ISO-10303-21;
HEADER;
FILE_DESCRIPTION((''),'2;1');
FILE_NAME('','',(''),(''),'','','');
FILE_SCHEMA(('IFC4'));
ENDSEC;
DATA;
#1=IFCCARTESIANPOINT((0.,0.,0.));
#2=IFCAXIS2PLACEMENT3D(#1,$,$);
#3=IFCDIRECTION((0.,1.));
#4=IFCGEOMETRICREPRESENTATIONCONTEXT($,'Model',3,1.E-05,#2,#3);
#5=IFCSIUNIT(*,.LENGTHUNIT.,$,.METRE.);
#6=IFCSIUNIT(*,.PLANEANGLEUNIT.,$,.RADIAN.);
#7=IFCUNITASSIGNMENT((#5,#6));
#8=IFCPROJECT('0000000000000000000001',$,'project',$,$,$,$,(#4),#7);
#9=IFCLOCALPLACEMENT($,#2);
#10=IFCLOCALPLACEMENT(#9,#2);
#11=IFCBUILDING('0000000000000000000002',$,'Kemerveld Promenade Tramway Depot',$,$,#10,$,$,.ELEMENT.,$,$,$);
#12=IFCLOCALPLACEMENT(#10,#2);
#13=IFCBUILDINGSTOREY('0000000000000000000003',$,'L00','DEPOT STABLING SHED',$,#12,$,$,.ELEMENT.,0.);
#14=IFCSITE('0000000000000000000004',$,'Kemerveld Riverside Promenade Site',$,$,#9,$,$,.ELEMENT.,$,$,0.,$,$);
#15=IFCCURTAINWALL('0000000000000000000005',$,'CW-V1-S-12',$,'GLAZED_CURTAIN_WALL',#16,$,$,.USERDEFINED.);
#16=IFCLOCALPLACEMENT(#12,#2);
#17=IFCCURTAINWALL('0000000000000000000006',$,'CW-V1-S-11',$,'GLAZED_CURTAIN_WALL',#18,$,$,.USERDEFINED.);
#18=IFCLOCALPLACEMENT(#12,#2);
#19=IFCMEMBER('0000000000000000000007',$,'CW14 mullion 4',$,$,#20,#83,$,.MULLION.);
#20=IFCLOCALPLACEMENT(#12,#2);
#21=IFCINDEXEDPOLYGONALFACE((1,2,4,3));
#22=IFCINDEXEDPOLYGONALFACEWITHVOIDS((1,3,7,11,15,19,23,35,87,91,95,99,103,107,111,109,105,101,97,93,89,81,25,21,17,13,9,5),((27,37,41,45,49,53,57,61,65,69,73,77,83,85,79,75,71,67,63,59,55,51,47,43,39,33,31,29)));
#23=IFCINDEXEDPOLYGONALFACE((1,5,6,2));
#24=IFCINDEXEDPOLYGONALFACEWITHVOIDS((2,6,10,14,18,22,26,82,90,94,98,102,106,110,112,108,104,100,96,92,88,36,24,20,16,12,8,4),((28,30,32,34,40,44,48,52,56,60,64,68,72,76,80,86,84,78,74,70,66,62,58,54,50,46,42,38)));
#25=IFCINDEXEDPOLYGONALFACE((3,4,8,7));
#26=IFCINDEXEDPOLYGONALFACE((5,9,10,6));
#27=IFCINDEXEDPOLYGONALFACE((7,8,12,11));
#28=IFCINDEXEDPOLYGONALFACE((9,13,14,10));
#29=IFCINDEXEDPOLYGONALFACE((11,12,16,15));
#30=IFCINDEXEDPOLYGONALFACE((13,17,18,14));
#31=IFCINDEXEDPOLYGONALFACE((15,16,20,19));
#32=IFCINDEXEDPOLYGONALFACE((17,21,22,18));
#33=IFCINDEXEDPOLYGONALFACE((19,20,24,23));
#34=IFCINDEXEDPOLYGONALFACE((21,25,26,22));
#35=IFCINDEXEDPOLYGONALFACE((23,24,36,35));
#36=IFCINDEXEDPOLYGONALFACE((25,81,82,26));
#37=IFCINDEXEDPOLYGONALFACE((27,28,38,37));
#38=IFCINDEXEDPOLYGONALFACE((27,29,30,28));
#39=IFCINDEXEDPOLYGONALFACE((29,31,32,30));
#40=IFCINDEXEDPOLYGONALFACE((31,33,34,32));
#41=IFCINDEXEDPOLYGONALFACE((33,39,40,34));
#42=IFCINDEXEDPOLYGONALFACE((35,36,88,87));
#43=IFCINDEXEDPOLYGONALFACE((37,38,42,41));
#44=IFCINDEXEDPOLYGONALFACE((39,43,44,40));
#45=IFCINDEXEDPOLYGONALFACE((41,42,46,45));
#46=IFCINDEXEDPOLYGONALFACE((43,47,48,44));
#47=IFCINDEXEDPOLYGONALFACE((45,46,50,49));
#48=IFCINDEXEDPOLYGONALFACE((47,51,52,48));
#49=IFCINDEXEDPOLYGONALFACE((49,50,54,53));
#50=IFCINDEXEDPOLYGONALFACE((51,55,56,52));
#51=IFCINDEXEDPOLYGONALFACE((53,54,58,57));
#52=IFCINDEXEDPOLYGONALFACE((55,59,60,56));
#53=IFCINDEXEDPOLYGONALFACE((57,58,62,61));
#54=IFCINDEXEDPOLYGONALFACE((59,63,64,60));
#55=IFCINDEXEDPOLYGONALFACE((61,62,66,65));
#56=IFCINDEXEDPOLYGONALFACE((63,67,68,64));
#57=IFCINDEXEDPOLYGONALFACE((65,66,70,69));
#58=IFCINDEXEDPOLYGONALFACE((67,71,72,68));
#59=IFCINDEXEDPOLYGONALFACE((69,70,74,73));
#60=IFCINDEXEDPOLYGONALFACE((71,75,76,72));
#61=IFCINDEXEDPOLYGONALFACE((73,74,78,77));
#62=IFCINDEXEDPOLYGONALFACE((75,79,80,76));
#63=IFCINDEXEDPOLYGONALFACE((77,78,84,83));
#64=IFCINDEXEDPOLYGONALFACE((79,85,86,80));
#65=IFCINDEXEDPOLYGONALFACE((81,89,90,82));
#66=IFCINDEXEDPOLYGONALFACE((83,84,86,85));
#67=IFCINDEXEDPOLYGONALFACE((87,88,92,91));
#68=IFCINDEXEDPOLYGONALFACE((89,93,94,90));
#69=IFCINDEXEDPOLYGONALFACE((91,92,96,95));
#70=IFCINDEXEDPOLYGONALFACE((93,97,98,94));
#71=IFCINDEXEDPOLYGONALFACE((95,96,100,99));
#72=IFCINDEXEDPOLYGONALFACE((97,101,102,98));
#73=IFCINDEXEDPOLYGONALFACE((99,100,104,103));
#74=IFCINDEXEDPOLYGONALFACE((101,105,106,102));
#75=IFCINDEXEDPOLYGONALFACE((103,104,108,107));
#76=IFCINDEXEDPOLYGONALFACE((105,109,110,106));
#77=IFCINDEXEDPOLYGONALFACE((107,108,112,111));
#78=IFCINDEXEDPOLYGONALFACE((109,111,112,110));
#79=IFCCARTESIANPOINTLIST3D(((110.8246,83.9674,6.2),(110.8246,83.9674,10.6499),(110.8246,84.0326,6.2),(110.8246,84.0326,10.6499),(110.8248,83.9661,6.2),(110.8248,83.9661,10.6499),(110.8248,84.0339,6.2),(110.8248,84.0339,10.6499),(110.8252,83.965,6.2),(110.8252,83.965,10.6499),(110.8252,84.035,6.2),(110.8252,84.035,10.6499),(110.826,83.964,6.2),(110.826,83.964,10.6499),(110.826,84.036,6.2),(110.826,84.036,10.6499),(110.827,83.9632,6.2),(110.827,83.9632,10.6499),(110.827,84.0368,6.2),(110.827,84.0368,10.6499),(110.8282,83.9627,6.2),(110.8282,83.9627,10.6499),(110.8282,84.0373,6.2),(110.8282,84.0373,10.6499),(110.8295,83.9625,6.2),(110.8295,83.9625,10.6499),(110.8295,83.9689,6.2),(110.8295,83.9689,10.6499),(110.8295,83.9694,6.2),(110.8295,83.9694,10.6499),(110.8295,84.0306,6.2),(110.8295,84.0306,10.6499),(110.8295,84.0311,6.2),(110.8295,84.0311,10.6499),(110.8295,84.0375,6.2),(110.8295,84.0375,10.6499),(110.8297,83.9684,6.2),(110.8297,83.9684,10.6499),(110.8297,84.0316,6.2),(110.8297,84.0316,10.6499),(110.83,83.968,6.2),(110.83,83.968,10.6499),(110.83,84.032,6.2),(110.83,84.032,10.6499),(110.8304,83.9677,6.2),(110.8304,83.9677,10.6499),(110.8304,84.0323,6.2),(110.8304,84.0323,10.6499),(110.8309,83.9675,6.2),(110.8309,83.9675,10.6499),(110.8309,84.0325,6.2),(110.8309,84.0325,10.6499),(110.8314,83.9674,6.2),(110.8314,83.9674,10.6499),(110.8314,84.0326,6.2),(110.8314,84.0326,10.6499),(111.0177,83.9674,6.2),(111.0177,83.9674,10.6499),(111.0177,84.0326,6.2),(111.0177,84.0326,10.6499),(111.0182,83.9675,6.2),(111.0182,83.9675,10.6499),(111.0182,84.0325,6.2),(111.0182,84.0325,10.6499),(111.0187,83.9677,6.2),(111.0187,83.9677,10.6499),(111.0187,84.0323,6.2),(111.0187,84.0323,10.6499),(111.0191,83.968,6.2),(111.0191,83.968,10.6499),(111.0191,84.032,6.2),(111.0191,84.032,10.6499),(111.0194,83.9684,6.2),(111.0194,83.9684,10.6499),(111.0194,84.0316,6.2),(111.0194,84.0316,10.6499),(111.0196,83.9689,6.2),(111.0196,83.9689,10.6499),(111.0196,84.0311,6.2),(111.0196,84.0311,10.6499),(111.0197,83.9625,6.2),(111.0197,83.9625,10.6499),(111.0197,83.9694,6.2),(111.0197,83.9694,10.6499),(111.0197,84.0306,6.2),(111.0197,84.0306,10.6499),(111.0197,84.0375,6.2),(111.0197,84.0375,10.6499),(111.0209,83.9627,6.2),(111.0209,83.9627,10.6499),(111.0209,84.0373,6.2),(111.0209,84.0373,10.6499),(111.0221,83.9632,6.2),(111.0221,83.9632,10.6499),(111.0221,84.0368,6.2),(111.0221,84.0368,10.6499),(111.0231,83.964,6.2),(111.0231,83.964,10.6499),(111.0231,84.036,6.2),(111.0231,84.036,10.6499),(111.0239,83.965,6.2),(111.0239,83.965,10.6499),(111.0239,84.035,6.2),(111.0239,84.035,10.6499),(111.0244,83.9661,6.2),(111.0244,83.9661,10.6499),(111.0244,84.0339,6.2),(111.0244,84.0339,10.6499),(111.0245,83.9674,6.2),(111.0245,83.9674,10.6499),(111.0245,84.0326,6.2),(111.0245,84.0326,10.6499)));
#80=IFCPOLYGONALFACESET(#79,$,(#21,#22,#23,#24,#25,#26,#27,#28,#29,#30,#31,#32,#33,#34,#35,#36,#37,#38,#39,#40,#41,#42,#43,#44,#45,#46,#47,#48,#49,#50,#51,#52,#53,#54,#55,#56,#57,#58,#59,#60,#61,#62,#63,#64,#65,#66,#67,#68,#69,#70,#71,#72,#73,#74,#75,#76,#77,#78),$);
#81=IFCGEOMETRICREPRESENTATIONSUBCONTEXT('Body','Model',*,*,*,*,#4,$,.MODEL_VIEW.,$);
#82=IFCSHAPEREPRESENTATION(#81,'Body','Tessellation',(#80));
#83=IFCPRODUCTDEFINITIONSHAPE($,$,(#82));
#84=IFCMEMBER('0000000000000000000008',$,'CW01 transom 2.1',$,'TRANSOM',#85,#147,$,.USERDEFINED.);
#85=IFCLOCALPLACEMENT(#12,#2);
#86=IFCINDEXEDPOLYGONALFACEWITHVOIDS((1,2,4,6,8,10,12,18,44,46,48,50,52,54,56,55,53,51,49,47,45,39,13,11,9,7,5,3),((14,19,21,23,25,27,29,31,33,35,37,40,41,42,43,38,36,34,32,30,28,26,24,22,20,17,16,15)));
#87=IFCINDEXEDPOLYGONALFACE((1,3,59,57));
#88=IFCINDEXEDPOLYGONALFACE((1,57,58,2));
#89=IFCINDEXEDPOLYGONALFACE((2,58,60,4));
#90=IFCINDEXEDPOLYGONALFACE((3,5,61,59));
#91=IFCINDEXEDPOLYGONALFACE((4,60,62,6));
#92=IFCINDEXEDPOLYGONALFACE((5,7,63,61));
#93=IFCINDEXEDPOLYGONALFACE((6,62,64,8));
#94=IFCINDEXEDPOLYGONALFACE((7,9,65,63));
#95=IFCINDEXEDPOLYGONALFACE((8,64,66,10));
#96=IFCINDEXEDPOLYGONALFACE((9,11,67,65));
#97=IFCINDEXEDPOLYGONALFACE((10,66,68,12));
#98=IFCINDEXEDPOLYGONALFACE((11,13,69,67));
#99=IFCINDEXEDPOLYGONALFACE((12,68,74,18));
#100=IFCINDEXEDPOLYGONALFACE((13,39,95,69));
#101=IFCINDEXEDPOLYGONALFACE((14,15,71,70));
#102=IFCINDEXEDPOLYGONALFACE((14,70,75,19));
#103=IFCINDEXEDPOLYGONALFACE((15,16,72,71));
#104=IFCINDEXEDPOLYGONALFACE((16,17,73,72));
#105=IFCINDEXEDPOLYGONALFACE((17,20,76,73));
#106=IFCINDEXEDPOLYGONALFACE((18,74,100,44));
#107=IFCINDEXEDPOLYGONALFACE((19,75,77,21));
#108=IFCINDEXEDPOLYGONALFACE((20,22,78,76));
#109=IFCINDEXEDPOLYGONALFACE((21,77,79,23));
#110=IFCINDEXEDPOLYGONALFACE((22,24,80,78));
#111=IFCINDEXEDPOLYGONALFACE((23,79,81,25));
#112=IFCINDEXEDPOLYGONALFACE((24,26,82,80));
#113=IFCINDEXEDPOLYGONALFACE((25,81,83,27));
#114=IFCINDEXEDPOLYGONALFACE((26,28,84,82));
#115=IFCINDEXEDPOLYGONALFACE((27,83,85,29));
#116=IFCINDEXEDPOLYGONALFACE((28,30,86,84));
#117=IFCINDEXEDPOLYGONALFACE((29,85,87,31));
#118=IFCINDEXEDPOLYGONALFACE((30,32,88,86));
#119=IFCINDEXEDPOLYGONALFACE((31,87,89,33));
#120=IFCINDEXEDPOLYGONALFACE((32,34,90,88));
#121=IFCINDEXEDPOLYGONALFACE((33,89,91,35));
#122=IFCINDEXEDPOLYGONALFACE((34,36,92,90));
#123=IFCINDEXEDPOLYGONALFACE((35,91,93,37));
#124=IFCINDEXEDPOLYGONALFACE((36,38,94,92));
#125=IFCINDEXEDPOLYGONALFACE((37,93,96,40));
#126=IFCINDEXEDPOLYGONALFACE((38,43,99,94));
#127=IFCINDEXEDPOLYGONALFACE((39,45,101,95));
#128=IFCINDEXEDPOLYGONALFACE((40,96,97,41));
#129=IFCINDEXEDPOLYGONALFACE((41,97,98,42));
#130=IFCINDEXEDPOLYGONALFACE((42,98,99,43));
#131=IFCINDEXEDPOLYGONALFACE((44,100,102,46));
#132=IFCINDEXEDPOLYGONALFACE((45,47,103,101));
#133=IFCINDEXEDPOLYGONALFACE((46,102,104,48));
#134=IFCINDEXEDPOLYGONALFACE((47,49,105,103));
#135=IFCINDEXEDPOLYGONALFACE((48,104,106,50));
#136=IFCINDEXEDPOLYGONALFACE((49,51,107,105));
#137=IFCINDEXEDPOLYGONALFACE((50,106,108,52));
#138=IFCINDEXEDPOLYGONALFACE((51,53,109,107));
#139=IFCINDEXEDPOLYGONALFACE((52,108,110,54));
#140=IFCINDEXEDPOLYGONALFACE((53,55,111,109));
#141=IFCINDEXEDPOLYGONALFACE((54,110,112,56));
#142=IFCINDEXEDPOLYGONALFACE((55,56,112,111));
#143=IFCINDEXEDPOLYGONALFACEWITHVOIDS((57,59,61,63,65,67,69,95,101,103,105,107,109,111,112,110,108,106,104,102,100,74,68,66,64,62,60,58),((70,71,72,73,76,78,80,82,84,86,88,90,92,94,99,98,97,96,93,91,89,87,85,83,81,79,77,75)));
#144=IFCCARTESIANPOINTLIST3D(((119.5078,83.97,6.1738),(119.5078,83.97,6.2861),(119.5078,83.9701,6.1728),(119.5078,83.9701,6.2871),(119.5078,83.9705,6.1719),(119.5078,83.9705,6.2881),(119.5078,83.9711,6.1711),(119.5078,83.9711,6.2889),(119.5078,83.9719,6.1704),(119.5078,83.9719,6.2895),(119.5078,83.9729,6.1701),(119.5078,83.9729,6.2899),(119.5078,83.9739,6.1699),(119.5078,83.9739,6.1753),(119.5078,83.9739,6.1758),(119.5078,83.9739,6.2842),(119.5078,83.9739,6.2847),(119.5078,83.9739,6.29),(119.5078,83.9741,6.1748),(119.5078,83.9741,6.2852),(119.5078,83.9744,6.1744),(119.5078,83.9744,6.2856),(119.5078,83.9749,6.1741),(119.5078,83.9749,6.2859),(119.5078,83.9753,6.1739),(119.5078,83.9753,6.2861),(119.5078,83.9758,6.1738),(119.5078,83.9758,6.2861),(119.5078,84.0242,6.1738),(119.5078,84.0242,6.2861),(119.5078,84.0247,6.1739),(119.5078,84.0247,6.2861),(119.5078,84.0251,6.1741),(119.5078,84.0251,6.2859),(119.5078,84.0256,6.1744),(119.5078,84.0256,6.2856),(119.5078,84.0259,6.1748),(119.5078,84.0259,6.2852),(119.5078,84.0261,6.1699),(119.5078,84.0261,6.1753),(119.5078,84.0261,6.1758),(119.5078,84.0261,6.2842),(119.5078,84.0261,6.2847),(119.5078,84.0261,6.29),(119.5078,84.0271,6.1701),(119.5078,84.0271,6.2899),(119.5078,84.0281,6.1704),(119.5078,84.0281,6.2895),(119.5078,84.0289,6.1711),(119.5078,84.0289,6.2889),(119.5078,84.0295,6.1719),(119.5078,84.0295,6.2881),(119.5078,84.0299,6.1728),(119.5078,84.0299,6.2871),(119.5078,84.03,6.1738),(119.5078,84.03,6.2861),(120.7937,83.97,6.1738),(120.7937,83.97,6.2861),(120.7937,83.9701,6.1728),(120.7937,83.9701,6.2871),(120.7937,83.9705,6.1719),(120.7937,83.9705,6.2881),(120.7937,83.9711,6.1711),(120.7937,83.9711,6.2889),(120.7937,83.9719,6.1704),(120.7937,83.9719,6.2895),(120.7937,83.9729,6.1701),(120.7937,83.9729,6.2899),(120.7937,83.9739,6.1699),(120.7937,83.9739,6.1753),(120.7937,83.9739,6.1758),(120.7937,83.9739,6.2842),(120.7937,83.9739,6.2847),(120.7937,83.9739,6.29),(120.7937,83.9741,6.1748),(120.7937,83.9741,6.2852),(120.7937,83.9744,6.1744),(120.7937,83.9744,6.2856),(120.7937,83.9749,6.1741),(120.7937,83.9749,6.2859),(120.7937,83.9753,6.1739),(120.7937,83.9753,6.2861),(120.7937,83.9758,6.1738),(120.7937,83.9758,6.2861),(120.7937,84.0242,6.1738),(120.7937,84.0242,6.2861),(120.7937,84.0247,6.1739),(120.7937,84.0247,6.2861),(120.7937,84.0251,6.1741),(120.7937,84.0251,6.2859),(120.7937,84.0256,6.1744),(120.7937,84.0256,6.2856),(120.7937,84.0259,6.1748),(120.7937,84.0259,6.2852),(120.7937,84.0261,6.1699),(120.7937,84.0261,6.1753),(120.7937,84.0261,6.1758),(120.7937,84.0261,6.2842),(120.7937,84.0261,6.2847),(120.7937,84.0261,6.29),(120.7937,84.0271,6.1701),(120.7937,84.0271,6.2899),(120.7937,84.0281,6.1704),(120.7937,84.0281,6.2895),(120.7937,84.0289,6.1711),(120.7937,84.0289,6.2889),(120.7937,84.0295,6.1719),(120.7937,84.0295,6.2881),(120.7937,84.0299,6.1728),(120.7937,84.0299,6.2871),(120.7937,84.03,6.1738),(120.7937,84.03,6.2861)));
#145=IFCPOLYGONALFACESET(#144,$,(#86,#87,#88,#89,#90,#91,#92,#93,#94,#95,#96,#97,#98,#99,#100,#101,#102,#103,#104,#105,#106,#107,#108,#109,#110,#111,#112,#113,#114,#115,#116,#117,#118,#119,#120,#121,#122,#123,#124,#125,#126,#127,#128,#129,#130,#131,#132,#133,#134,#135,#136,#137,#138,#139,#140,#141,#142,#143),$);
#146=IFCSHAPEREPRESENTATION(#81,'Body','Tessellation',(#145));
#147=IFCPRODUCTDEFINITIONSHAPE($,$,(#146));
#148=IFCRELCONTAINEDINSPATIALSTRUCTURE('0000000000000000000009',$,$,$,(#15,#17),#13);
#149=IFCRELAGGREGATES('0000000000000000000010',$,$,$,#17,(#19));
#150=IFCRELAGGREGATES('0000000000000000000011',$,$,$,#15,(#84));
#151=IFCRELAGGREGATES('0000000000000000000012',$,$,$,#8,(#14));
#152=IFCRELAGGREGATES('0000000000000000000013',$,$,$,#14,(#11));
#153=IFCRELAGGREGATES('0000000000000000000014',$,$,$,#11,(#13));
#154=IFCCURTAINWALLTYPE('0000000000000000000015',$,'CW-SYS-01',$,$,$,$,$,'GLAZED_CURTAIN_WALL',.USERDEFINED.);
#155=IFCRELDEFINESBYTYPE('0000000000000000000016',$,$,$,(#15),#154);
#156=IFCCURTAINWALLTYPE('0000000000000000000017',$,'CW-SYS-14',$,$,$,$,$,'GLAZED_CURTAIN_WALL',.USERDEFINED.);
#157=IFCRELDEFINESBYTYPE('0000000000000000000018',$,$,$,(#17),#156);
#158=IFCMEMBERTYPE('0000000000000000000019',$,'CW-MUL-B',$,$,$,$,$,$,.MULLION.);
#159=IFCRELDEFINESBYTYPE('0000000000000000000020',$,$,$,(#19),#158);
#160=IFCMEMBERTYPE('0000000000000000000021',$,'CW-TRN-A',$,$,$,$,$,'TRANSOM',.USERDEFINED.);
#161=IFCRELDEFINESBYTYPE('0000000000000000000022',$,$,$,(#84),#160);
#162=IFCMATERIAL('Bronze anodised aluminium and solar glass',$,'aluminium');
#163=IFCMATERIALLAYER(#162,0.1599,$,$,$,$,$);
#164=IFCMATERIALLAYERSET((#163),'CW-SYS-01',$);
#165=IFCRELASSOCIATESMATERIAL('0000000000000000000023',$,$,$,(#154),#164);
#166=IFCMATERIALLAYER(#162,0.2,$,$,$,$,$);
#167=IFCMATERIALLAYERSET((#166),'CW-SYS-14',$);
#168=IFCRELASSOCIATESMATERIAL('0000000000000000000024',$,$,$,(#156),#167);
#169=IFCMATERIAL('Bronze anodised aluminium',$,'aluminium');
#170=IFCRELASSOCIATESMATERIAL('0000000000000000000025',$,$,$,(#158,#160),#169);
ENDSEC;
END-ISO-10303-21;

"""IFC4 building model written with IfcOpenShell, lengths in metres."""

from ifc_helpers import new_model, si_unit, direction, frame, origin, origin_2d, place, context, subcontext, project, spatial, hollow_rectangle, extrude, material, layer, layer_set, material_profile, profile_set, type_object, element, aggregate, save


model = new_model("IFC4")

# Units and contexts
model_context = context("Model", 3, precision=1e-05, world=origin(), true_north=direction((0.0, 1.0)))
body_context = subcontext(model_context, "Body", "Model", "MODEL_VIEW")
ifc_project = project(units=[si_unit("LENGTHUNIT", "METRE"), si_unit("PLANEANGLEUNIT", "RADIAN")], contexts=[model_context])

# Site, building, storey
site_placement = place(None, origin())
site = spatial("IfcSite", under=ifc_project, at=site_placement, Name="Kemerveld Riverside Promenade Site", CompositionType="ELEMENT", RefElevation=0.0)
building_placement = place(site_placement, origin())
building = spatial("IfcBuilding", under=site, at=building_placement, Name="Kemerveld Promenade Tramway Depot", CompositionType="ELEMENT")
storey_placement = place(building_placement, origin())
storey = spatial("IfcBuildingStorey", under=building, at=storey_placement, Name="L00", Description="DEPOT STABLING SHED", CompositionType="ELEMENT", Elevation=0.0)

# Curtain walls, member
ifc_material_1 = material(Name="Bronze anodised aluminium and solar glass", Category="aluminium")
ifc_layer_1 = layer(ifc_material_1, 0.1599)
ifc_layer_set_1 = layer_set([ifc_layer_1], Name="CW-SYS-01")
curtain_wall_type_1 = type_object("IfcCurtainWallType", Name="CW-SYS-01", ElementType="GLAZED_CURTAIN_WALL", PredefinedType="USERDEFINED", material=ifc_layer_set_1)
curtain_wall_1_placement = place(storey_placement, origin())
curtain_wall_1 = element("IfcCurtainWall", 1, at=curtain_wall_1_placement, inside=storey, type_object=curtain_wall_type_1, Name="CW-V1-S-12", ObjectType="GLAZED_CURTAIN_WALL", PredefinedType="USERDEFINED")
ifc_material_2 = material(Name="Bronze anodised aluminium", Category="aluminium")
ifc_layer_2 = layer(ifc_material_1, 0.2)
ifc_layer_set_2 = layer_set([ifc_layer_2], Name="CW-SYS-14")
curtain_wall_type_2 = type_object("IfcCurtainWallType", Name="CW-SYS-14", ElementType="GLAZED_CURTAIN_WALL", PredefinedType="USERDEFINED", material=ifc_layer_set_2)
curtain_wall_2_placement = place(storey_placement, origin())
curtain_wall_2 = element("IfcCurtainWall", 2, at=curtain_wall_2_placement, inside=storey, type_object=curtain_wall_type_2, Name="CW-V1-S-11", ObjectType="GLAZED_CURTAIN_WALL", PredefinedType="USERDEFINED")
ifc_material_profile_1 = material_profile(ifc_material_2, hollow_rectangle(XDim=0.075, YDim=0.2, WallThickness=0.0049, InnerFilletRadius=0.002, OuterFilletRadius=0.0049, at=origin_2d()), Name="CW-MUL-200x75")
ifc_profile_set_1 = profile_set([ifc_material_profile_1], Name="Bronze anodised aluminium")
member_type_1 = type_object("IfcMemberType", Name="CW-MUL-B", PredefinedType="MULLION", material=ifc_profile_set_1)
member_1_placement = place(storey_placement, frame((110.9246, 84.0, 6.2), z_axis=(0.0, 0.0, 1.0), x_axis=(0.0, -1.0, 0.0)))
member_1 = element("IfcMember", 3, at=member_1_placement, type_object=member_type_1, Name="CW14 mullion 4", PredefinedType="MULLION", context=body_context, shape_type="SweptSolid", body=[
    extrude(hollow_rectangle(XDim=0.075, YDim=0.2, WallThickness=0.0049, InnerFilletRadius=0.002, OuterFilletRadius=0.0049, at=origin_2d()), origin(), (0.0, 0.0, 1.0), 4.45),
])

# Member
ifc_material_profile_2 = material_profile(ifc_material_2, hollow_rectangle(XDim=0.0601, YDim=0.1201, WallThickness=0.0039, InnerFilletRadius=0.002, OuterFilletRadius=0.0039, at=origin_2d()), Name="CW-TRN-120x60")
ifc_profile_set_2 = profile_set([ifc_material_profile_2], Name="Bronze anodised aluminium")
member_type_2 = type_object("IfcMemberType", Name="CW-TRN-A", ElementType="TRANSOM", PredefinedType="USERDEFINED", material=ifc_profile_set_2)
member_2_placement = place(storey_placement, frame((120.7937, 84.0, 6.23), z_axis=(-1.0, 0.0, 0.0), x_axis=(0.0, -1.0, 0.0)))
member_2 = element("IfcMember", 4, at=member_2_placement, type_object=member_type_2, Name="CW01 transom 2.1", ObjectType="TRANSOM", PredefinedType="USERDEFINED", context=body_context, shape_type="SweptSolid", body=[
    extrude(hollow_rectangle(XDim=0.0601, YDim=0.1201, WallThickness=0.0039, InnerFilletRadius=0.002, OuterFilletRadius=0.0039, at=origin_2d()), origin(), (0.0, 0.0, 1.0), 1.2859),
])

aggregate(curtain_wall_2, [member_1])
aggregate(curtain_wall_1, [member_2])

save(model, "model.ifc")
